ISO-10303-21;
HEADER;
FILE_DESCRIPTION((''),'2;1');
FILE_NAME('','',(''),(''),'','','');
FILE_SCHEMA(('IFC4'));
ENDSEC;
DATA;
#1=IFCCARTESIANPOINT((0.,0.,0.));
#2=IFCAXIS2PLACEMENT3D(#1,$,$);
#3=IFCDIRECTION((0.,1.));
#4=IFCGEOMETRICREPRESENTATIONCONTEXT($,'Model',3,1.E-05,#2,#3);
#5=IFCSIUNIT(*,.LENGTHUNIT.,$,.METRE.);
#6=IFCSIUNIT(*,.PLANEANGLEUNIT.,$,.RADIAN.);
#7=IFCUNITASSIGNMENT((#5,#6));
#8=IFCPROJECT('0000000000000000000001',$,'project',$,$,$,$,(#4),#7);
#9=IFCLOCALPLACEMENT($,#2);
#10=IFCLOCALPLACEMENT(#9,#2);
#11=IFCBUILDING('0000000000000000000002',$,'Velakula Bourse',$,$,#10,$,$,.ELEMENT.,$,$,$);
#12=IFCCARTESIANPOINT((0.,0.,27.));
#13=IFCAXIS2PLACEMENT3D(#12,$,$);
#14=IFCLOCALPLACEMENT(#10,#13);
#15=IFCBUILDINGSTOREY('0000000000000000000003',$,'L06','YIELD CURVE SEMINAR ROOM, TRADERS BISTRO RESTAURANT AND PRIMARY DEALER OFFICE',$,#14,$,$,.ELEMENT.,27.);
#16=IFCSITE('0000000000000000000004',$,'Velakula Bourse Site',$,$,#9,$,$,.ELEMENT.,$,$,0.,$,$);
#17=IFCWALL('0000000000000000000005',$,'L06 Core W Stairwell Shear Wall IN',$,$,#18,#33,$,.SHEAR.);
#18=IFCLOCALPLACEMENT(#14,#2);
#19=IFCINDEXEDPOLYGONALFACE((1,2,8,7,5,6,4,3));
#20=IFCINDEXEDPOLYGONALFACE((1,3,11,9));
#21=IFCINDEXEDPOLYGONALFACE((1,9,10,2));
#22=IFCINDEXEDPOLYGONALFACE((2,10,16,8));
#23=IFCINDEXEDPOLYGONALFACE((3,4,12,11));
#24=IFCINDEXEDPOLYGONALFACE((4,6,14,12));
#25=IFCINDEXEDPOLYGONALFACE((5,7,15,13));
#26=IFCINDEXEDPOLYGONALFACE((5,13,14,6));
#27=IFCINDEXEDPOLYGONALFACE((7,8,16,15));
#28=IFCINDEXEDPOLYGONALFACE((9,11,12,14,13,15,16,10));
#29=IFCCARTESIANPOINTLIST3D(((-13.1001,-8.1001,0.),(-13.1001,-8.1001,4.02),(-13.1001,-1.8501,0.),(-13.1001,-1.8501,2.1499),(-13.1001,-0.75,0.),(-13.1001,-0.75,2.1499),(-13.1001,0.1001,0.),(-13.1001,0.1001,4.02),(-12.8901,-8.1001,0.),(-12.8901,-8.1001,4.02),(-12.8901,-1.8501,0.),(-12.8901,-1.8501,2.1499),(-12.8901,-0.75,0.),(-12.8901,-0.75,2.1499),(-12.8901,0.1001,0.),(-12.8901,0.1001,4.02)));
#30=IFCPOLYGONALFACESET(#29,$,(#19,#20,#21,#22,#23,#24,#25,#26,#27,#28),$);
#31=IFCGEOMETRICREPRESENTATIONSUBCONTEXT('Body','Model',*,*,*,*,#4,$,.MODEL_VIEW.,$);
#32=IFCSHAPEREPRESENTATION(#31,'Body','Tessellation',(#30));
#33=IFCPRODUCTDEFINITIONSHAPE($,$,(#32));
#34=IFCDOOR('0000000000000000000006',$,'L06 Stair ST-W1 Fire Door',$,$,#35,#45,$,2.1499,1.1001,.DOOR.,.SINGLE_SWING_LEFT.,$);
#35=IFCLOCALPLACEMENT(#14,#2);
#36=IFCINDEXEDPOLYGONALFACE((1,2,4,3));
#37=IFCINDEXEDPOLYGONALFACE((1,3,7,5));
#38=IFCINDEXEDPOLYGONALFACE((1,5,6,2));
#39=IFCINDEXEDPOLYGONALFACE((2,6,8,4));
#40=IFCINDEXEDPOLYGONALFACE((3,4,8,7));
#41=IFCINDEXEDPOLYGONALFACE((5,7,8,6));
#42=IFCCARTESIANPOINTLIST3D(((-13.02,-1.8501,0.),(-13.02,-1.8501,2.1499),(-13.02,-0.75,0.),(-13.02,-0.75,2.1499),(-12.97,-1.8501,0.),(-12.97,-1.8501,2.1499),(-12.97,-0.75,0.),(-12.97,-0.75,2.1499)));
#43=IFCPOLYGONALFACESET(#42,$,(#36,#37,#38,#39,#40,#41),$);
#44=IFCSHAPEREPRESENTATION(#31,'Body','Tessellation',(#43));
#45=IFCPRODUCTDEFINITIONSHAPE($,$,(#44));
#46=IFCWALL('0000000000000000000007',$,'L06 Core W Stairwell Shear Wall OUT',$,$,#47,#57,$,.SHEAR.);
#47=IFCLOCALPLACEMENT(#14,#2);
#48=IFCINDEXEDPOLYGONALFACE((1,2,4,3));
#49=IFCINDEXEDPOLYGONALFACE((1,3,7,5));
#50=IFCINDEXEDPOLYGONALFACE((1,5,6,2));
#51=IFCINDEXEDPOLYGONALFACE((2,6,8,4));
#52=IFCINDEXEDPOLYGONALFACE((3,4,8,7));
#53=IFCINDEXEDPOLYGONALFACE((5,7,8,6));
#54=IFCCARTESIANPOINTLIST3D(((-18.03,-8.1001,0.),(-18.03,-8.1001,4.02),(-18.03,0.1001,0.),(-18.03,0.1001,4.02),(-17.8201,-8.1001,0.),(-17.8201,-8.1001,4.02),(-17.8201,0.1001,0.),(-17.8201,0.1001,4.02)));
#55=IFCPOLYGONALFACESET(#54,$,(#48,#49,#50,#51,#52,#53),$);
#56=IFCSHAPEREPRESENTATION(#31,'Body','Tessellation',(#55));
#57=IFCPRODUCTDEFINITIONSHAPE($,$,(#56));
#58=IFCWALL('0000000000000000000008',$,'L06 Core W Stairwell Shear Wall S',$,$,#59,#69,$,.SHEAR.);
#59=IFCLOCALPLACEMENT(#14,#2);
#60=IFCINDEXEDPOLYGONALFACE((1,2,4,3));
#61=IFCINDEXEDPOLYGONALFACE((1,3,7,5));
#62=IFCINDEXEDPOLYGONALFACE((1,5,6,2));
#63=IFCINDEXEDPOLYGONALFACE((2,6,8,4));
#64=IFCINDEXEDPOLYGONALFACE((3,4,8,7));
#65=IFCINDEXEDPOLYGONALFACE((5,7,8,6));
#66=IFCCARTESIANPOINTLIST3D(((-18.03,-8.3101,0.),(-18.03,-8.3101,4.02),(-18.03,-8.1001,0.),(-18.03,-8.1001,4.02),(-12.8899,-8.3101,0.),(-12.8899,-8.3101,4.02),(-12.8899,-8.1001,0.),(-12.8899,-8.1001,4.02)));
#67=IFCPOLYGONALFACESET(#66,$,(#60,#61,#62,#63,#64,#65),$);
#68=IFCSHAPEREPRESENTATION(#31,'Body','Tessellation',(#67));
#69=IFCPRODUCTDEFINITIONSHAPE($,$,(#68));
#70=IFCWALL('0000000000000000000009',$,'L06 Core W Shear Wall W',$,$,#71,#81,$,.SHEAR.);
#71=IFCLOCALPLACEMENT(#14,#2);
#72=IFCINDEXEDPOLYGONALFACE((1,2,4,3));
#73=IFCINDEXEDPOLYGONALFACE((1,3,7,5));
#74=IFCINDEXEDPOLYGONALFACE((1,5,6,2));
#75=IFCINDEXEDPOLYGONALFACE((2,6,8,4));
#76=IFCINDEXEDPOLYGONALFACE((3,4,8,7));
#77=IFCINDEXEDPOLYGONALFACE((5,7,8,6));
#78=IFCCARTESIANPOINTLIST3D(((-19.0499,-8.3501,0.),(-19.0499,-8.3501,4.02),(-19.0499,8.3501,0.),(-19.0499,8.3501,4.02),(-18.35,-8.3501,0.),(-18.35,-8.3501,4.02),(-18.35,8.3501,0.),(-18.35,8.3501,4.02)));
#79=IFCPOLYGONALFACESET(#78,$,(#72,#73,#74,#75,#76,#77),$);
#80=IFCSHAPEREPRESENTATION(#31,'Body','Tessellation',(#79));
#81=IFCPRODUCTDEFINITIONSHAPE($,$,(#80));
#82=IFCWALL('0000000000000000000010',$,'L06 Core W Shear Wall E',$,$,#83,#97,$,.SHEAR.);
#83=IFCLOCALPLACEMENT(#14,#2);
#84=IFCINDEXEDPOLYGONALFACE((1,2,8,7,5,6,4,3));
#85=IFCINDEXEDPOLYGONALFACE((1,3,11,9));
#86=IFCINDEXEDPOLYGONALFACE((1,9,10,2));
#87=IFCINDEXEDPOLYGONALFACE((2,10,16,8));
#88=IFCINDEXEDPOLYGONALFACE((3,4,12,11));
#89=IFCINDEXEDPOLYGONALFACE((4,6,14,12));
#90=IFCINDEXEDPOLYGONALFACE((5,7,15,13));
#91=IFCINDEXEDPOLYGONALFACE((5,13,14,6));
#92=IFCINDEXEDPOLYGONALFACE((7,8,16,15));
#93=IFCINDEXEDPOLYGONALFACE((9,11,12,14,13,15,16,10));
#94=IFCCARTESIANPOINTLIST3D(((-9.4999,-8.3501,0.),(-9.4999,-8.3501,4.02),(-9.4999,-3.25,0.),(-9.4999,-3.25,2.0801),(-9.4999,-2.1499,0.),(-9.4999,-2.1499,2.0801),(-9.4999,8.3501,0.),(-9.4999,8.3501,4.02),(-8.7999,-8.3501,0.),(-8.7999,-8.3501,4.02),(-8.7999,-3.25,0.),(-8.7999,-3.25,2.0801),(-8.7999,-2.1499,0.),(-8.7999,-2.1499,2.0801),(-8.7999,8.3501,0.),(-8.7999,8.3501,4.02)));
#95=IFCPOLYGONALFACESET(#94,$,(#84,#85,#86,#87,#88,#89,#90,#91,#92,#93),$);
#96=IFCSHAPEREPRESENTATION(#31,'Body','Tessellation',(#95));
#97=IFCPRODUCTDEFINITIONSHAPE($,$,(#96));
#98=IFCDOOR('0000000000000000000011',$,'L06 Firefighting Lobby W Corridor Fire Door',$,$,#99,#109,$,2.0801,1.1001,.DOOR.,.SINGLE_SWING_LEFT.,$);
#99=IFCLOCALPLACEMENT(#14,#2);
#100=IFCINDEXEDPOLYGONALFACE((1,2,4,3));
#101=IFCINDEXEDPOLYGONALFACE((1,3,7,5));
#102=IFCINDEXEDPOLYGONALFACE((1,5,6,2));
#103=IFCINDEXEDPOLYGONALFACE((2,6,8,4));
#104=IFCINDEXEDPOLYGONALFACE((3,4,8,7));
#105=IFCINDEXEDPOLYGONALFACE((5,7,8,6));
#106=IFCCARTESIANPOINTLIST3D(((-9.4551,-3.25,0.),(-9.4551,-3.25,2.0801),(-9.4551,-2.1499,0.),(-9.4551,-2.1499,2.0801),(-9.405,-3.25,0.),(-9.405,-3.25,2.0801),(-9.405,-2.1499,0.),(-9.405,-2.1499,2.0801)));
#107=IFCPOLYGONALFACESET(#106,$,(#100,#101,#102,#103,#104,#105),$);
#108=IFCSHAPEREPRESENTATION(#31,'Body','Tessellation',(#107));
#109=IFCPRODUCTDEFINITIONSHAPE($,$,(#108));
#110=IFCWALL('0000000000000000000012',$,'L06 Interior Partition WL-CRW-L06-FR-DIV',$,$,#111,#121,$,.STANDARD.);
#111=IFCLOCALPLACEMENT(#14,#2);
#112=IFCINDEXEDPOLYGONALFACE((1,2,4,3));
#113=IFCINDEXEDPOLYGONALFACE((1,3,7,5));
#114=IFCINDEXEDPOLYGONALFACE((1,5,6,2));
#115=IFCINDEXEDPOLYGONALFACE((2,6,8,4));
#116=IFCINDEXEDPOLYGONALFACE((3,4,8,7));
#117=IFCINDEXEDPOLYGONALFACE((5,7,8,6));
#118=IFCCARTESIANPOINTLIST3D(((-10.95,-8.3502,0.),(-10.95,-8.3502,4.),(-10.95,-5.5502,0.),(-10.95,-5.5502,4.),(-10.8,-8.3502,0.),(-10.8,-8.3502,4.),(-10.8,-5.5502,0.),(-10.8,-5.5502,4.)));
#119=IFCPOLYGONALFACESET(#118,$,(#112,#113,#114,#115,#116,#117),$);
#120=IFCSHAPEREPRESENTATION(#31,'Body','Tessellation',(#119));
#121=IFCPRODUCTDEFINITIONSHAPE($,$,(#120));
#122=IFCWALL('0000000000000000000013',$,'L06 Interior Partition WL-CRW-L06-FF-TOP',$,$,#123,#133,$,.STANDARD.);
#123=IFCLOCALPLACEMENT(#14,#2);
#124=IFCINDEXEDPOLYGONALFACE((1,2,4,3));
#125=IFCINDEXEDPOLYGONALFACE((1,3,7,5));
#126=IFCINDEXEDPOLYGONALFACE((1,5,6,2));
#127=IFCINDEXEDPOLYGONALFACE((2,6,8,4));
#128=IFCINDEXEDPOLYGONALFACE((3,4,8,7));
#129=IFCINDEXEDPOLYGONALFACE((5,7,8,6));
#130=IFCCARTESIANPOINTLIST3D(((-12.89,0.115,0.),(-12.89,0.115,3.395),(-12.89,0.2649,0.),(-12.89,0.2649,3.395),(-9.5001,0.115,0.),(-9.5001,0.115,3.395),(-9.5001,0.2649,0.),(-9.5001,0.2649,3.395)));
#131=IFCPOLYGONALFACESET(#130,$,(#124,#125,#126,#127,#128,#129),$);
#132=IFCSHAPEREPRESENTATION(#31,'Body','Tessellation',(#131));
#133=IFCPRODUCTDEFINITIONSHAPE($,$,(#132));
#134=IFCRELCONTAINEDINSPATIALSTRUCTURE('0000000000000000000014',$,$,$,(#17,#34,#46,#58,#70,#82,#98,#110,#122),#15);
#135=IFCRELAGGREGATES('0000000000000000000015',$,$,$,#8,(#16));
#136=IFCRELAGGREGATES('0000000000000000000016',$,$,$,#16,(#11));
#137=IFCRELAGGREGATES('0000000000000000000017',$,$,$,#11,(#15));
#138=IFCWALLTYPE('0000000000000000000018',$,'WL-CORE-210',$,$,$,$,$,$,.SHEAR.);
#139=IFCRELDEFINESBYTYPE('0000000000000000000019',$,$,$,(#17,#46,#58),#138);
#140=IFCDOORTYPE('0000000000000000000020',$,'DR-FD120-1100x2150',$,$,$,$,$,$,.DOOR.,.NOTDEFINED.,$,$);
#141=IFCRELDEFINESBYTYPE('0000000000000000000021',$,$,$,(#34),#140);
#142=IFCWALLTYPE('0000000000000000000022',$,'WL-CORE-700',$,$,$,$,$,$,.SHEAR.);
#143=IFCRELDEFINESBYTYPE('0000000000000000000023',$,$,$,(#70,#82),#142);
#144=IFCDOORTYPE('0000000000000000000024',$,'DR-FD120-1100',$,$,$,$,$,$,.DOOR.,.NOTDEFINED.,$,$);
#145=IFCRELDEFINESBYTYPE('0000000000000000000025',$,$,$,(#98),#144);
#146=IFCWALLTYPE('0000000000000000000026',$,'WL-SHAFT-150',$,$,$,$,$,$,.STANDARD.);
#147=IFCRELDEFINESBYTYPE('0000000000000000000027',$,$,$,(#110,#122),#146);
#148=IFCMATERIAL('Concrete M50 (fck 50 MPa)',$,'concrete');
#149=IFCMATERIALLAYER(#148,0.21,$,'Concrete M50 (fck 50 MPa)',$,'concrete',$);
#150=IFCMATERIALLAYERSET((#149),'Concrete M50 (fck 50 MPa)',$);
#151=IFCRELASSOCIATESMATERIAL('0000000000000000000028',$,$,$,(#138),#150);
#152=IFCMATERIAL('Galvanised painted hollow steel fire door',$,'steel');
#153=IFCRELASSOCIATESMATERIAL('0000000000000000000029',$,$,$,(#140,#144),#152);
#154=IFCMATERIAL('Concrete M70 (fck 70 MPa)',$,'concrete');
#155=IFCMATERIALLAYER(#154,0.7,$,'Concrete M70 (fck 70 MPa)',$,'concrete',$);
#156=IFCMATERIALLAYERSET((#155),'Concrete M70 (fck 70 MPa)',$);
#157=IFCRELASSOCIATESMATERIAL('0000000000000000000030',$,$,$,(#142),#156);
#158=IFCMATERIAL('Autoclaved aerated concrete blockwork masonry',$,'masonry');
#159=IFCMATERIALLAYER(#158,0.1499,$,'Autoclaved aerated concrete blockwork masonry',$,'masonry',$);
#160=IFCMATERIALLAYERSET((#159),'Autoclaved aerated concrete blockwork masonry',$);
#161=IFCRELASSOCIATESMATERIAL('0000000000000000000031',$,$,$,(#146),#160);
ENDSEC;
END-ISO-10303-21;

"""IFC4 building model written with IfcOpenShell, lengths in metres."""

from ifc_helpers import new_model, si_unit, direction, frame, frame_2d, origin, place, context, subcontext, project, spatial, rectangle, extrude, material, layer, layer_set, type_object, element, fill, save


model = new_model("IFC4")

# Units and contexts
model_context = context("Model", 3, precision=1e-05, world=origin(), true_north=direction((0.0, 1.0)))
body_context = subcontext(model_context, "Body", "Model", "MODEL_VIEW")
ifc_project = project(units=[si_unit("LENGTHUNIT", "METRE"), si_unit("PLANEANGLEUNIT", "RADIAN")], contexts=[model_context])

# Site, building, storey
site_placement = place(None, origin())
site = spatial("IfcSite", under=ifc_project, at=site_placement, Name="Velakula Bourse Site", CompositionType="ELEMENT", RefElevation=0.0)
building_placement = place(site_placement, origin())
building = spatial("IfcBuilding", under=site, at=building_placement, Name="Velakula Bourse", CompositionType="ELEMENT")
storey_placement = place(building_placement, frame((0.0, 0.0, 27.0)))
storey = spatial("IfcBuildingStorey", under=building, at=storey_placement, Name="L06", Description="YIELD CURVE SEMINAR ROOM, TRADERS BISTRO RESTAURANT AND PRIMARY DEALER OFFICE", CompositionType="ELEMENT", Elevation=27.0)

# Shared definitions
ifc_material_1 = material(Name="Concrete M70 (fck 70 MPa)", Category="concrete")

# Wall, opening, door
ifc_material_2 = material(Name="Concrete M50 (fck 50 MPa)", Category="concrete")
ifc_layer_1 = layer(ifc_material_2, 0.21, Name="Concrete M50 (fck 50 MPa)", Category="concrete")
ifc_layer_set_1 = layer_set([ifc_layer_1], Name="Concrete M50 (fck 50 MPa)")
wall_type_1 = type_object("IfcWallType", Name="WL-CORE-210", PredefinedType="SHEAR", material=ifc_layer_set_1)
wall_1_placement = place(storey_placement, frame((-12.9951, -8.1001, 0.0), z_axis=(0.0, 0.0, 1.0), x_axis=(0.0, 1.0, 0.0)))
wall_1 = element("IfcWall", 1, at=wall_1_placement, inside=storey, type_object=wall_type_1, Name="L06 Core W Stairwell Shear Wall IN", PredefinedType="SHEAR", context=body_context, shape_type="SweptSolid", body=[
    extrude(rectangle(XDim=8.2002, YDim=0.21, at=frame_2d((4.1001, 0.0))), origin(), (0.0, 0.0, 1.0), 4.02),
])
opening_1_placement = place(wall_1_placement, frame((6.25, 0.0, 0.0)))
opening_1 = element("IfcOpeningElement", 2, at=opening_1_placement, cuts=wall_1, PredefinedType="OPENING", context=body_context, shape_type="SweptSolid", body=[
    extrude(rectangle(XDim=1.1001, YDim=2.1499, at=frame_2d((0.55, 1.075))), frame((0.0, 0.115, 0.0), z_axis=(0.0, -1.0, 0.0), x_axis=(1.0, 0.0, 0.0)), (0.0, 0.0, 1.0), 0.23),
])
ifc_material_3 = material(Name="Galvanised painted hollow steel fire door", Category="steel")
door_type_1 = type_object("IfcDoorType", Name="DR-FD120-1100x2150", OperationType="NOTDEFINED", PredefinedType="DOOR", material=ifc_material_3)
door_1_placement = place(opening_1_placement, origin())
door_1 = element("IfcDoor", 3, at=door_1_placement, inside=storey, type_object=door_type_1, Name="L06 Stair ST-W1 Fire Door", OperationType="SINGLE_SWING_LEFT", OverallHeight=2.1499, OverallWidth=1.1001, PredefinedType="DOOR", context=body_context, shape_type="SweptSolid", body=[
    extrude(rectangle(XDim=1.1001, YDim=2.1499, at=frame_2d((0.55, 1.075))), frame((0.0, 0.0249, 0.0), z_axis=(0.0, -1.0, 0.0), x_axis=(1.0, 0.0, 0.0)), (0.0, 0.0, 1.0), 0.05),
])
fill(opening_1, door_1)

# Walls
wall_2_placement = place(storey_placement, frame((-17.925, -8.1001, 0.0), z_axis=(0.0, 0.0, 1.0), x_axis=(0.0, 1.0, 0.0)))
element("IfcWall", 4, at=wall_2_placement, inside=storey, type_object=wall_type_1, Name="L06 Core W Stairwell Shear Wall OUT", PredefinedType="SHEAR", context=body_context, shape_type="SweptSolid", body=[
    extrude(rectangle(XDim=8.2002, YDim=0.21, at=frame_2d((4.1001, 0.0))), origin(), (0.0, 0.0, 1.0), 4.02),
])
wall_3_placement = place(storey_placement, frame((-18.03, -8.2051, 0.0), z_axis=(0.0, 0.0, 1.0), x_axis=(1.0, 0.0, 0.0)))
element("IfcWall", 5, at=wall_3_placement, inside=storey, type_object=wall_type_1, Name="L06 Core W Stairwell Shear Wall S", PredefinedType="SHEAR", context=body_context, shape_type="SweptSolid", body=[
    extrude(rectangle(XDim=5.1401, YDim=0.21, at=frame_2d((2.5701, 0.0))), origin(), (0.0, 0.0, 1.0), 4.02),
])
ifc_layer_2 = layer(ifc_material_1, 0.7, Name="Concrete M70 (fck 70 MPa)", Category="concrete")
ifc_layer_set_2 = layer_set([ifc_layer_2], Name="Concrete M70 (fck 70 MPa)")
wall_type_2 = type_object("IfcWallType", Name="WL-CORE-700", PredefinedType="SHEAR", material=ifc_layer_set_2)
wall_4_placement = place(storey_placement, frame((-18.7, -8.3501, 0.0), z_axis=(0.0, 0.0, 1.0), x_axis=(0.0, 1.0, 0.0)))
element("IfcWall", 6, at=wall_4_placement, inside=storey, type_object=wall_type_2, Name="L06 Core W Shear Wall W", PredefinedType="SHEAR", context=body_context, shape_type="SweptSolid", body=[
    extrude(rectangle(XDim=16.7002, YDim=0.7, at=frame_2d((8.3501, 0.0))), origin(), (0.0, 0.0, 1.0), 4.02),
])

# Wall, opening, door
wall_5_placement = place(storey_placement, frame((-9.1499, -8.3501, 0.0), z_axis=(0.0, 0.0, 1.0), x_axis=(0.0, 1.0, 0.0)))
wall_5 = element("IfcWall", 7, at=wall_5_placement, inside=storey, type_object=wall_type_2, Name="L06 Core W Shear Wall E", PredefinedType="SHEAR", context=body_context, shape_type="SweptSolid", body=[
    extrude(rectangle(XDim=16.7002, YDim=0.7, at=frame_2d((8.3501, 0.0))), origin(), (0.0, 0.0, 1.0), 4.02),
])
opening_2_placement = place(wall_5_placement, frame((5.1001, 0.0, 0.0)))
opening_2 = element("IfcOpeningElement", 8, at=opening_2_placement, cuts=wall_5, PredefinedType="OPENING", context=body_context, shape_type="SweptSolid", body=[
    extrude(rectangle(XDim=1.1001, YDim=2.0801, at=frame_2d((0.55, 1.04))), frame((0.0, 0.3599, 0.0), z_axis=(0.0, -1.0, 0.0), x_axis=(1.0, 0.0, 0.0)), (0.0, 0.0, 1.0), 0.72),
])
door_type_2 = type_object("IfcDoorType", Name="DR-FD120-1100", OperationType="NOTDEFINED", PredefinedType="DOOR", material=ifc_material_3)
door_2_placement = place(opening_2_placement, origin())
door_2 = element("IfcDoor", 9, at=door_2_placement, inside=storey, type_object=door_type_2, Name="L06 Firefighting Lobby W Corridor Fire Door", OperationType="SINGLE_SWING_LEFT", OverallHeight=2.0801, OverallWidth=1.1001, PredefinedType="DOOR", context=body_context, shape_type="SweptSolid", body=[
    extrude(rectangle(XDim=1.1001, YDim=2.0801, at=frame_2d((0.55, 1.04))), frame((0.0, 0.3052, 0.0), z_axis=(0.0, -1.0, 0.0), x_axis=(1.0, 0.0, 0.0)), (0.0, 0.0, 1.0), 0.05),
])
fill(opening_2, door_2)

# Shared definitions
ifc_material_4 = material(Name="Autoclaved aerated concrete blockwork masonry", Category="masonry")
ifc_layer_3 = layer(ifc_material_4, 0.1499, Name="Autoclaved aerated concrete blockwork masonry", Category="masonry")
ifc_layer_set_3 = layer_set([ifc_layer_3], Name="Autoclaved aerated concrete blockwork masonry")
wall_type_3 = type_object("IfcWallType", Name="WL-SHAFT-150", PredefinedType="STANDARD", material=ifc_layer_set_3)

# Walls
wall_6_placement = place(storey_placement, frame((-10.875, -8.3501, 0.0), z_axis=(0.0, 0.0, 1.0), x_axis=(0.0, 1.0, 0.0)))
element("IfcWall", 10, at=wall_6_placement, inside=storey, type_object=wall_type_3, Name="L06 Interior Partition WL-CRW-L06-FR-DIV", PredefinedType="STANDARD", context=body_context, shape_type="SweptSolid", body=[
    extrude(rectangle(XDim=2.8, YDim=0.1499, at=frame_2d((1.3999, 0.0))), origin(), (0.0, 0.0, 1.0), 4.0),
])
wall_7_placement = place(storey_placement, frame((-12.8899, 0.1899, 0.0), z_axis=(0.0, 0.0, 1.0), x_axis=(1.0, 0.0, 0.0)))
element("IfcWall", 11, at=wall_7_placement, inside=storey, type_object=wall_type_3, Name="L06 Interior Partition WL-CRW-L06-FF-TOP", PredefinedType="STANDARD", context=body_context, shape_type="SweptSolid", body=[
    extrude(rectangle(XDim=3.3899, YDim=0.1499, at=frame_2d((1.6948, 0.0))), origin(), (0.0, 0.0, 1.0), 3.395),
])

save(model, "model.ifc")
